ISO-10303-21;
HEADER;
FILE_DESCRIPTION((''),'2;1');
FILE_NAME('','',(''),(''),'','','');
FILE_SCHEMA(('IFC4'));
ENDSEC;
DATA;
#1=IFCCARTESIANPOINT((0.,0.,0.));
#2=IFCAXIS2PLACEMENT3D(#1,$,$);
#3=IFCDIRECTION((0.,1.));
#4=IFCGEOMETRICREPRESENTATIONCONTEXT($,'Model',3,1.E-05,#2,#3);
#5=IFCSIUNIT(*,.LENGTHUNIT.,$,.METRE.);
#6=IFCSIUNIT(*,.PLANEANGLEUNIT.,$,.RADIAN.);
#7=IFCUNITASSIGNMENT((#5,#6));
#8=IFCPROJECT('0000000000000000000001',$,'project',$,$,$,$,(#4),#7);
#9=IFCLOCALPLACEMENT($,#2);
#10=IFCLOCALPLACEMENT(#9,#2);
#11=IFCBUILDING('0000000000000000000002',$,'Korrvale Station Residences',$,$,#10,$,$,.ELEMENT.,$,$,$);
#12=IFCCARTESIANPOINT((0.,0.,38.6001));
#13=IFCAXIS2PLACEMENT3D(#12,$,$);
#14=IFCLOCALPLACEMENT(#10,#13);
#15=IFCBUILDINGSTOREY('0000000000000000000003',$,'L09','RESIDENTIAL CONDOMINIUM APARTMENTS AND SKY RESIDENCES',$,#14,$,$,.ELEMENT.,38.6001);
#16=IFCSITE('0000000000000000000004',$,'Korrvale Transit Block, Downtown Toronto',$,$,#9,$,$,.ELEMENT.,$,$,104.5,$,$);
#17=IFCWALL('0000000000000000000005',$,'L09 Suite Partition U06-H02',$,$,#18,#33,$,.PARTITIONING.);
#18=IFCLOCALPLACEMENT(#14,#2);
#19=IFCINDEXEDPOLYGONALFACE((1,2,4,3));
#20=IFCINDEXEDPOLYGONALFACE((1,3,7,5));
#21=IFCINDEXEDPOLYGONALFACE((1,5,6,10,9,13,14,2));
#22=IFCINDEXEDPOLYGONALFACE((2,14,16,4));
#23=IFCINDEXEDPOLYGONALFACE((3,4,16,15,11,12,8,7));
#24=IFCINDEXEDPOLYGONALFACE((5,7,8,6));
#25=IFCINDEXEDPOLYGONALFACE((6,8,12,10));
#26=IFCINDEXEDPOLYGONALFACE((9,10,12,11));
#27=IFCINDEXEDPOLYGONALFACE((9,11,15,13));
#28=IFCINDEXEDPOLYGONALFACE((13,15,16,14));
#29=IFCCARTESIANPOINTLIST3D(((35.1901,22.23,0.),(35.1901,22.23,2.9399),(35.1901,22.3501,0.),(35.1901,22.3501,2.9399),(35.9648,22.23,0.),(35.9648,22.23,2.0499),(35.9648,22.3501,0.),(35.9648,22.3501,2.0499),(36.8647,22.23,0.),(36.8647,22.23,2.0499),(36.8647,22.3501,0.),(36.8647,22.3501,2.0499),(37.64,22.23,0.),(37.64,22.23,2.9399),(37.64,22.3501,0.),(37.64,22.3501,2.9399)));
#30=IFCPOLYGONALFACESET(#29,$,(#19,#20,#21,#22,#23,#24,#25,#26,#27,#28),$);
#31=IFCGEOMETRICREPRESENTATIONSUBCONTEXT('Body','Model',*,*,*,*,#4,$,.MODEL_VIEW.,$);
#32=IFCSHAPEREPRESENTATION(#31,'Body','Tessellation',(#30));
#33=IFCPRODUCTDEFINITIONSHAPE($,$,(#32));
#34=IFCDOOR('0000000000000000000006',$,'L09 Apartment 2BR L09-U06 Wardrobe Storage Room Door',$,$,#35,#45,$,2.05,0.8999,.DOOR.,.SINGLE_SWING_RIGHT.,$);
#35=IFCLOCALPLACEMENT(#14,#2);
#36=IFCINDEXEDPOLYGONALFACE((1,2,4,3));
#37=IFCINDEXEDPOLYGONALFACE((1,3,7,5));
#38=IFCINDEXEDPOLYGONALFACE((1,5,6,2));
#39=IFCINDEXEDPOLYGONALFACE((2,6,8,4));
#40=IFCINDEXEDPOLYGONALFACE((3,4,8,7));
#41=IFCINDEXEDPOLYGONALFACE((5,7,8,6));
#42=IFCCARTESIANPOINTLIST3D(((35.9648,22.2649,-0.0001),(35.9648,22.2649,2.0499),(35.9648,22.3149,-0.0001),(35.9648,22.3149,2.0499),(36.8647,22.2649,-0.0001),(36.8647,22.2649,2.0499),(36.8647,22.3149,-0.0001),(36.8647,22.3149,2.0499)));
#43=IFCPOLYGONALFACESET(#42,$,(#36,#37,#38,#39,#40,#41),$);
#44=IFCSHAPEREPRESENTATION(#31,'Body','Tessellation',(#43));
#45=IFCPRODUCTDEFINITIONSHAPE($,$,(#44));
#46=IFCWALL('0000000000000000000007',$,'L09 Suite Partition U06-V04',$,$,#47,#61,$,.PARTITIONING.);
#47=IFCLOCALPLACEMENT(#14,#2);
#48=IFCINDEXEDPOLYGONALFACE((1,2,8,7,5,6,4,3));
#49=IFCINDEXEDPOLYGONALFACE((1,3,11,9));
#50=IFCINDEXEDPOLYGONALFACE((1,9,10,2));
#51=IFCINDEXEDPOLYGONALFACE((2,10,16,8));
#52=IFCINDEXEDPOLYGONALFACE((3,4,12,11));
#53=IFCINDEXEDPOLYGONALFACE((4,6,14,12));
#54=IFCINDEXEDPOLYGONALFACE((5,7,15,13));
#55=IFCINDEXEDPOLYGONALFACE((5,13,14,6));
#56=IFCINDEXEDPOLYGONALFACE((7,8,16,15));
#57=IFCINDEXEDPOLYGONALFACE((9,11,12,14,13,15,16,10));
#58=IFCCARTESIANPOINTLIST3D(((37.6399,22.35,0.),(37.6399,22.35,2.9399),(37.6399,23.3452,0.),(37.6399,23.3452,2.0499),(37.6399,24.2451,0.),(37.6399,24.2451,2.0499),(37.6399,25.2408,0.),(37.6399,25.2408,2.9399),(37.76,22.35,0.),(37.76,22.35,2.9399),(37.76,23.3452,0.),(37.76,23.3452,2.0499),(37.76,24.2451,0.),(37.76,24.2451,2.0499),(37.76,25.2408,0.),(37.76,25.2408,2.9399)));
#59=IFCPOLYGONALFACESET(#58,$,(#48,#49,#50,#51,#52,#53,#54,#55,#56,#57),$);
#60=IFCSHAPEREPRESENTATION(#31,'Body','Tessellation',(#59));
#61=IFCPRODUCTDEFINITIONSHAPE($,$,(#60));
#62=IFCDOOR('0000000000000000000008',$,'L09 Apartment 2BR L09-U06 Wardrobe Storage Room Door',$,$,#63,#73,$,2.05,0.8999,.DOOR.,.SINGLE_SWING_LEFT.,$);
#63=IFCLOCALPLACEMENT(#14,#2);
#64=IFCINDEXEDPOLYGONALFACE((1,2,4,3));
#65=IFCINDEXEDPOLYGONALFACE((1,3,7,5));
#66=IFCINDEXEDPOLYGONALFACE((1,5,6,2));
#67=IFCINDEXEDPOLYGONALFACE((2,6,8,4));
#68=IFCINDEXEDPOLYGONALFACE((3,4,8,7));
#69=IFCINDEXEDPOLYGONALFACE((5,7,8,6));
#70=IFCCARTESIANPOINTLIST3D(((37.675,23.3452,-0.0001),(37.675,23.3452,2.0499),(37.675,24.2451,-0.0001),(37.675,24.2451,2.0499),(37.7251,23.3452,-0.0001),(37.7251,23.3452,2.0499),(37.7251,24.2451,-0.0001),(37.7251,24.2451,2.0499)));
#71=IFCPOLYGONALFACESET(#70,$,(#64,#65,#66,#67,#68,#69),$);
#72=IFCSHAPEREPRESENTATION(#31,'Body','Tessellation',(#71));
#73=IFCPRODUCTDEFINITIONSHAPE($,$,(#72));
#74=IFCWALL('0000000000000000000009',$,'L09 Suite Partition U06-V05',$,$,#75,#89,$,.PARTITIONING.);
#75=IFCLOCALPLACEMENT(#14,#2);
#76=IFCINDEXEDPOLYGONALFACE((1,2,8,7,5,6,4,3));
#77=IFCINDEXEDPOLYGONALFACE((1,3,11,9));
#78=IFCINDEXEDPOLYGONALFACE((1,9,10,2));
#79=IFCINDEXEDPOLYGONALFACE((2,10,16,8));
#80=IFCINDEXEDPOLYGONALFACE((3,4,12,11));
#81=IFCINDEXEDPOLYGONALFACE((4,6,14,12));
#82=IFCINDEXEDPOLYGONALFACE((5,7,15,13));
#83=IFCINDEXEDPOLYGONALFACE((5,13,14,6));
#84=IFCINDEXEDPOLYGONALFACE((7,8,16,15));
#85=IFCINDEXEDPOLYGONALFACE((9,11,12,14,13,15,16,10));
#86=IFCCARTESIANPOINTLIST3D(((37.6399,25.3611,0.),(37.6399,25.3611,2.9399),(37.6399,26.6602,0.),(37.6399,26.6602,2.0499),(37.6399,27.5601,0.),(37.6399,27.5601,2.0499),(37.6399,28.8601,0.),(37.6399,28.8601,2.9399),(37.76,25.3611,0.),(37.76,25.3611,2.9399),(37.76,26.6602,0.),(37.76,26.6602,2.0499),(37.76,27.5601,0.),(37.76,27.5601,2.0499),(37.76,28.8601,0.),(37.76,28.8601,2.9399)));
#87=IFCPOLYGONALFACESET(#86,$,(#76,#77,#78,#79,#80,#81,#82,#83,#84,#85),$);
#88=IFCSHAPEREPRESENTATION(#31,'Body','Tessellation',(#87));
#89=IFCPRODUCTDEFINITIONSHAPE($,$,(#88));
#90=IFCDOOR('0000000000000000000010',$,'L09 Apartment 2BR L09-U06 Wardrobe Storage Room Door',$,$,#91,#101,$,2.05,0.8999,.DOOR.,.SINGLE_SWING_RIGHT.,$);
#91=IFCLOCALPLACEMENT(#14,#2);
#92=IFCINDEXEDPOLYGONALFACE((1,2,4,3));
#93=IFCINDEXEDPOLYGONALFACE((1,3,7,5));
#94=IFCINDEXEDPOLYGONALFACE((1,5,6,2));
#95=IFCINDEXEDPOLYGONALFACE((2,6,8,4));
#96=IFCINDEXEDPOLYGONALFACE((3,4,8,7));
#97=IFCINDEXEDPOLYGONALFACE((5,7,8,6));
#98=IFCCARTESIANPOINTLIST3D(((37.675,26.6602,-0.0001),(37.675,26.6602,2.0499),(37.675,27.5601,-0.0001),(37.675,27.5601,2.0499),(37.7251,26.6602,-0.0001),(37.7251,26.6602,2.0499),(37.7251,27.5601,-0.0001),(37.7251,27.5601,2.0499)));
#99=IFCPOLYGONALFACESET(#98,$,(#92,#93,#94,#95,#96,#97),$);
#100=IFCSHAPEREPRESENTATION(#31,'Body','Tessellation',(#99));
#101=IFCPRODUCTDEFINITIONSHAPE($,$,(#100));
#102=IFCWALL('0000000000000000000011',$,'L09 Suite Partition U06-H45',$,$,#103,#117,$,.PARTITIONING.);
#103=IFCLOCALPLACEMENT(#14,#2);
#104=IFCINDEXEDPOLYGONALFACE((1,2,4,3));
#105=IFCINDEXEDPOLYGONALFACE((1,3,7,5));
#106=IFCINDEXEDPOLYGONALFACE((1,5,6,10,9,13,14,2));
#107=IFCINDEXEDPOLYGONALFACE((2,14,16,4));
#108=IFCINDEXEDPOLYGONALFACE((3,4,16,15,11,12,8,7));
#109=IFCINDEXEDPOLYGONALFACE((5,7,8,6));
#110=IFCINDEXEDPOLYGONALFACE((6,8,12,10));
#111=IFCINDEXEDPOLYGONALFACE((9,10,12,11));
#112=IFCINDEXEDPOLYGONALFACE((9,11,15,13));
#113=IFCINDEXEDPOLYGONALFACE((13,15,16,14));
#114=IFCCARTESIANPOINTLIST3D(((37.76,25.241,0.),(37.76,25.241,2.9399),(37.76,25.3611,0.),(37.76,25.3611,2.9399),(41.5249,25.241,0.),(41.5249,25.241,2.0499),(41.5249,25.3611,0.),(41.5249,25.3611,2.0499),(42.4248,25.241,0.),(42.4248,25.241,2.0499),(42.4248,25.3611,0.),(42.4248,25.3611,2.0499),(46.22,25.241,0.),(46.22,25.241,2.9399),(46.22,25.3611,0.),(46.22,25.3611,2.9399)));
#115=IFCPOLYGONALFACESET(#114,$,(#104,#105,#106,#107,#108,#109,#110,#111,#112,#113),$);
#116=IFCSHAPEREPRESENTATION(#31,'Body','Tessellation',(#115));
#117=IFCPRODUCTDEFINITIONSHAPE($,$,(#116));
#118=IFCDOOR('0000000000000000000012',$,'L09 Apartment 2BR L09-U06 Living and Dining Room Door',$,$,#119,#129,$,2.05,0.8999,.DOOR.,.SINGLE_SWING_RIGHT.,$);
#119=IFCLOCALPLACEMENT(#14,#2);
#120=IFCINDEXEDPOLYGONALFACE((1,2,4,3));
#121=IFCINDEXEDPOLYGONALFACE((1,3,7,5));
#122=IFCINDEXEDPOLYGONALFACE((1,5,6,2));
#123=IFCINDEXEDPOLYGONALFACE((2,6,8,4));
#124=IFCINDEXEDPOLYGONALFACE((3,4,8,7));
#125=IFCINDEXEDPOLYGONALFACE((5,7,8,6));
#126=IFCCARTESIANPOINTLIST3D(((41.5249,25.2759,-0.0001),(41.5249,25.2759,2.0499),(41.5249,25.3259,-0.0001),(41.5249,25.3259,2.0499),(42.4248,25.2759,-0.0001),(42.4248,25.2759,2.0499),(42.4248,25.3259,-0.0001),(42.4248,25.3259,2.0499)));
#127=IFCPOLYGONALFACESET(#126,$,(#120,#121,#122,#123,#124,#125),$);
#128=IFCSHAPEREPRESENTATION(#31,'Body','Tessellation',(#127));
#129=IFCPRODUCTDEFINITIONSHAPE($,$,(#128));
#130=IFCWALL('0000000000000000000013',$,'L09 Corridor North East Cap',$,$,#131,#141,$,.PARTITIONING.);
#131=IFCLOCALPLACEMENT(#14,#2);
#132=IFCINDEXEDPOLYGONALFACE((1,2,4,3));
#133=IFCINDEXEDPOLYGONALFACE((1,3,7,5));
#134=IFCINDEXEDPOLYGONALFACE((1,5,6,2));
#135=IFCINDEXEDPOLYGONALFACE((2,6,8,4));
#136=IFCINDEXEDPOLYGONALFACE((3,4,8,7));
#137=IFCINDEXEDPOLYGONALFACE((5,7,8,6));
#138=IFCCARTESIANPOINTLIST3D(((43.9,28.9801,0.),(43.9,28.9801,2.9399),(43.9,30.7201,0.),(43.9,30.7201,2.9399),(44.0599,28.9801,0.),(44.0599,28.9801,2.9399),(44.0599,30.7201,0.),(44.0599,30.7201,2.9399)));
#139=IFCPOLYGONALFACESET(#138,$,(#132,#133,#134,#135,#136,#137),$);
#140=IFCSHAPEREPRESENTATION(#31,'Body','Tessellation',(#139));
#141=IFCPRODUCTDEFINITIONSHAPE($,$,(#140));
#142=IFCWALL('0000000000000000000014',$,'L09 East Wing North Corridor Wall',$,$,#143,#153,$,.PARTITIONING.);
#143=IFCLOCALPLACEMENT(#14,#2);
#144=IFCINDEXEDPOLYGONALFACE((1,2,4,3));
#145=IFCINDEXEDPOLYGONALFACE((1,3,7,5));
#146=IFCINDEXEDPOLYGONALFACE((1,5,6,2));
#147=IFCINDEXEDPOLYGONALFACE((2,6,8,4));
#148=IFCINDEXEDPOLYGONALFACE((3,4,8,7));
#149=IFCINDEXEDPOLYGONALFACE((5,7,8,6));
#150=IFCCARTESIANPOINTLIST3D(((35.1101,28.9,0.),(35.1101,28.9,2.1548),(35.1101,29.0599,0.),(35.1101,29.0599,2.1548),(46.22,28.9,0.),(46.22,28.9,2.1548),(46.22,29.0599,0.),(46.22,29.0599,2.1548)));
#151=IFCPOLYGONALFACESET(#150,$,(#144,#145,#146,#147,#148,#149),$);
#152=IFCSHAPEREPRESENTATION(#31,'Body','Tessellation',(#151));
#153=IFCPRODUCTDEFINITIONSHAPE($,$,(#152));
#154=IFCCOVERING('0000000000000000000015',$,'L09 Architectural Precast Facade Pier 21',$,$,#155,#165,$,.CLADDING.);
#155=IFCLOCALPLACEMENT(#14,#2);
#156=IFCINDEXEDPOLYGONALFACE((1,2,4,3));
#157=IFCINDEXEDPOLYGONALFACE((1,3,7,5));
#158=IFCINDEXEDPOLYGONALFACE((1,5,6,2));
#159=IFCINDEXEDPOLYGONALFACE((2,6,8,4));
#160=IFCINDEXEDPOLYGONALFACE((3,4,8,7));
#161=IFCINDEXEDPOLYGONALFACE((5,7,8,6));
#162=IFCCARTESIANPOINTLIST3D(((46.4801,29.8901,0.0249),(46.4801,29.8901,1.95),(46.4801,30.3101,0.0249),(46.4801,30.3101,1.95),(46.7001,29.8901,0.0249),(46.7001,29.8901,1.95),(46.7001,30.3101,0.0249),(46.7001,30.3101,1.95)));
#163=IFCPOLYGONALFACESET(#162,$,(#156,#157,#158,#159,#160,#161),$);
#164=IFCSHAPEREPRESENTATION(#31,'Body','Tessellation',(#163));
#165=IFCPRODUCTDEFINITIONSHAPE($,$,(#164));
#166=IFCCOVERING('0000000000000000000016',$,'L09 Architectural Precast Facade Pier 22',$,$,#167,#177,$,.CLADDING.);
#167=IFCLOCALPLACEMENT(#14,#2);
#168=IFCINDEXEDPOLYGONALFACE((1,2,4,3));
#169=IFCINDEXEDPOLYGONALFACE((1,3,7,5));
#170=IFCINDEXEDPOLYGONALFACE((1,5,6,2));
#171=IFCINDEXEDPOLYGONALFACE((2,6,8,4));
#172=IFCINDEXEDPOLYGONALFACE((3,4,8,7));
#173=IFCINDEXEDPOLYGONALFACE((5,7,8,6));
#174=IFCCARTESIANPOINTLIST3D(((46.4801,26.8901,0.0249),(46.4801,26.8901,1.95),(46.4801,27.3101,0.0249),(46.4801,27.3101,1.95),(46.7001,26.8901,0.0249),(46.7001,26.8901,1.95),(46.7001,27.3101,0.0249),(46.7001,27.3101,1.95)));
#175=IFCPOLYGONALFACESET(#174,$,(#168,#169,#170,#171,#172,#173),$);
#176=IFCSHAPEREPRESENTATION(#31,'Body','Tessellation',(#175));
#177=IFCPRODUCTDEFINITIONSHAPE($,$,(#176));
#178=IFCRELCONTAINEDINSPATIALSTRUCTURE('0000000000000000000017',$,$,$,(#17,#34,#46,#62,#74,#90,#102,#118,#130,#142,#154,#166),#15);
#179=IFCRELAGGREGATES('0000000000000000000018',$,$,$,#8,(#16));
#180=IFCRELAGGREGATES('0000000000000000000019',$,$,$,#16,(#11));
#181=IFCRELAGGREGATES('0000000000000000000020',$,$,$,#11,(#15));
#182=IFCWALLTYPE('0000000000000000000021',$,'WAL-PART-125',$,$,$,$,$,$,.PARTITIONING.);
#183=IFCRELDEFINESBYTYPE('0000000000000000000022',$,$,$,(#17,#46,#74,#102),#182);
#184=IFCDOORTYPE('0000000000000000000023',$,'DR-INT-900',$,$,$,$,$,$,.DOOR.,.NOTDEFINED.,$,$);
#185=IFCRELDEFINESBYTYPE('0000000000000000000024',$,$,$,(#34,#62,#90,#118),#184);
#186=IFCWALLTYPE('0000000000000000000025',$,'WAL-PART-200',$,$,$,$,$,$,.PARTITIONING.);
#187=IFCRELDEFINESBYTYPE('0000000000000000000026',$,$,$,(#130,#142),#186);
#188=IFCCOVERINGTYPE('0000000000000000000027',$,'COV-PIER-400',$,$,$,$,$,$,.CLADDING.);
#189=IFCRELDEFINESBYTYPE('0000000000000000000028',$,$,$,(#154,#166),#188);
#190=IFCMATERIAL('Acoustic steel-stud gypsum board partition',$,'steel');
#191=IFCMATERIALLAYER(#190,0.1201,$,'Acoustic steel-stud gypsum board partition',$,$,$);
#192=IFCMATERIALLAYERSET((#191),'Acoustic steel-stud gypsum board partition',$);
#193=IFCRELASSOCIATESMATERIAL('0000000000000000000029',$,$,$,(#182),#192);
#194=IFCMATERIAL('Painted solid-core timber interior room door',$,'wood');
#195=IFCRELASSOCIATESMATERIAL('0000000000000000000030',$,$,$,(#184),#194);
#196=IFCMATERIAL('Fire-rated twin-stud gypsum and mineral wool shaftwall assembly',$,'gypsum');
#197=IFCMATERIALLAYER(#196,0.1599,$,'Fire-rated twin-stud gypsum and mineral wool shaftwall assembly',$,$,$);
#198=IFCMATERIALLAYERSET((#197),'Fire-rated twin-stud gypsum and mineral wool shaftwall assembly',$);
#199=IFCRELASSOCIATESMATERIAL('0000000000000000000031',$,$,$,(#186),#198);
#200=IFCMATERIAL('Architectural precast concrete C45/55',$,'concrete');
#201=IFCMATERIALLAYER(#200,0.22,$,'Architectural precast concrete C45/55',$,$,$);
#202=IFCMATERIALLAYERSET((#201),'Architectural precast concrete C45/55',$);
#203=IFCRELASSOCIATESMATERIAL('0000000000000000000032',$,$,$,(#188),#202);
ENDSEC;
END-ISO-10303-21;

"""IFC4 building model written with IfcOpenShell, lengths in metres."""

from ifc_helpers import new_model, si_unit, direction, frame, frame_2d, origin, origin_2d, place, context, subcontext, project, spatial, rectangle, extrude, material, layer, layer_set, type_object, element, fill, save


model = new_model("IFC4")

# Units and contexts
model_context = context("Model", 3, precision=1e-05, world=origin(), true_north=direction((0.0, 1.0)))
body_context = subcontext(model_context, "Body", "Model", "MODEL_VIEW")
ifc_project = project(units=[si_unit("LENGTHUNIT", "METRE"), si_unit("PLANEANGLEUNIT", "RADIAN")], contexts=[model_context])

# Site, building, storey
site_placement = place(None, origin())
site = spatial("IfcSite", under=ifc_project, at=site_placement, Name="Korrvale Transit Block, Downtown Toronto", CompositionType="ELEMENT", RefElevation=104.5)
building_placement = place(site_placement, origin())
building = spatial("IfcBuilding", under=site, at=building_placement, Name="Korrvale Station Residences", CompositionType="ELEMENT")
storey_placement = place(building_placement, frame((0.0, 0.0, 38.6001)))
storey = spatial("IfcBuildingStorey", under=building, at=storey_placement, Name="L09", Description="RESIDENTIAL CONDOMINIUM APARTMENTS AND SKY RESIDENCES", CompositionType="ELEMENT", Elevation=38.6001)

# Walls, openings, doors
ifc_material_1 = material(Name="Acoustic steel-stud gypsum board partition", Category="steel")
ifc_layer_1 = layer(ifc_material_1, 0.1201, Name="Acoustic steel-stud gypsum board partition")
ifc_layer_set_1 = layer_set([ifc_layer_1], Name="Acoustic steel-stud gypsum board partition")
wall_type_1 = type_object("IfcWallType", Name="WAL-PART-125", PredefinedType="PARTITIONING", material=ifc_layer_set_1)
ifc_material_2 = material(Name="Painted solid-core timber interior room door", Category="wood")
door_type = type_object("IfcDoorType", Name="DR-INT-900", OperationType="NOTDEFINED", PredefinedType="DOOR", material=ifc_material_2)
wall_1_placement = place(storey_placement, frame((35.1899, 22.29, 0.0), z_axis=(0.0, 0.0, 1.0), x_axis=(1.0, 0.0, 0.0)))
wall_1 = element("IfcWall", 1, at=wall_1_placement, inside=storey, type_object=wall_type_1, Name="L09 Suite Partition U06-H02", PredefinedType="PARTITIONING", context=body_context, shape_type="SweptSolid", body=[
    extrude(rectangle(XDim=2.45, YDim=0.1201, at=frame_2d((1.2251, 0.0))), origin(), (0.0, 0.0, 1.0), 2.9399),
])
opening_1_placement = place(wall_1_placement, frame((0.7749, 0.0, 0.0)))
opening_1 = element("IfcOpeningElement", 2, at=opening_1_placement, cuts=wall_1, PredefinedType="OPENING", context=body_context, shape_type="SweptSolid", body=[
    extrude(rectangle(XDim=0.8999, YDim=2.05, at=frame_2d((0.45, 1.0249))), frame((0.0, 0.0701, 0.0), z_axis=(0.0, -1.0, 0.0), x_axis=(1.0, 0.0, 0.0)), (0.0, 0.0, 1.0), 0.1401),
])
door_1_placement = place(opening_1_placement, origin())
door_1 = element("IfcDoor", 3, at=door_1_placement, inside=storey, type_object=door_type, Name="L09 Apartment 2BR L09-U06 Wardrobe Storage Room Door", OperationType="SINGLE_SWING_RIGHT", OverallHeight=2.05, OverallWidth=0.8999, PredefinedType="DOOR", context=body_context, shape_type="SweptSolid", body=[
    extrude(rectangle(XDim=0.8999, YDim=2.05, at=frame_2d((0.45, 1.0249))), frame((0.0, 0.0249, 0.0), z_axis=(0.0, -1.0, 0.0), x_axis=(1.0, 0.0, 0.0)), (0.0, 0.0, 1.0), 0.05),
])
fill(opening_1, door_1)
wall_2_placement = place(storey_placement, frame((37.7, 22.3501, 0.0), z_axis=(0.0, 0.0, 1.0), x_axis=(0.0, 1.0, 0.0)))
wall_2 = element("IfcWall", 4, at=wall_2_placement, inside=storey, type_object=wall_type_1, Name="L09 Suite Partition U06-V04", PredefinedType="PARTITIONING", context=body_context, shape_type="SweptSolid", body=[
    extrude(rectangle(XDim=2.8909, YDim=0.1201, at=frame_2d((1.4453, 0.0))), origin(), (0.0, 0.0, 1.0), 2.9399),
])
opening_2_placement = place(wall_2_placement, frame((0.9951, 0.0, 0.0)))
opening_2 = element("IfcOpeningElement", 5, at=opening_2_placement, cuts=wall_2, PredefinedType="OPENING", context=body_context, shape_type="SweptSolid", body=[
    extrude(rectangle(XDim=0.8999, YDim=2.05, at=frame_2d((0.45, 1.0249))), frame((0.0, 0.0701, 0.0), z_axis=(0.0, -1.0, 0.0), x_axis=(1.0, 0.0, 0.0)), (0.0, 0.0, 1.0), 0.1401),
])
door_2_placement = place(opening_2_placement, origin())
door_2 = element("IfcDoor", 6, at=door_2_placement, inside=storey, type_object=door_type, Name="L09 Apartment 2BR L09-U06 Wardrobe Storage Room Door", OperationType="SINGLE_SWING_LEFT", OverallHeight=2.05, OverallWidth=0.8999, PredefinedType="DOOR", context=body_context, shape_type="SweptSolid", body=[
    extrude(rectangle(XDim=0.8999, YDim=2.05, at=frame_2d((0.45, 1.0249))), frame((0.0, 0.0249, 0.0), z_axis=(0.0, -1.0, 0.0), x_axis=(1.0, 0.0, 0.0)), (0.0, 0.0, 1.0), 0.05),
])
fill(opening_2, door_2)
wall_3_placement = place(storey_placement, frame((37.7, 25.3611, 0.0), z_axis=(0.0, 0.0, 1.0), x_axis=(0.0, 1.0, 0.0)))
wall_3 = element("IfcWall", 7, at=wall_3_placement, inside=storey, type_object=wall_type_1, Name="L09 Suite Partition U06-V05", PredefinedType="PARTITIONING", context=body_context, shape_type="SweptSolid", body=[
    extrude(rectangle(XDim=3.499, YDim=0.1201, at=frame_2d((1.7495, 0.0))), origin(), (0.0, 0.0, 1.0), 2.9399),
])
opening_3_placement = place(wall_3_placement, frame((1.2991, 0.0, 0.0)))
opening_3 = element("IfcOpeningElement", 8, at=opening_3_placement, cuts=wall_3, PredefinedType="OPENING", context=body_context, shape_type="SweptSolid", body=[
    extrude(rectangle(XDim=0.8999, YDim=2.05, at=frame_2d((0.45, 1.0249))), frame((0.0, 0.0701, 0.0), z_axis=(0.0, -1.0, 0.0), x_axis=(1.0, 0.0, 0.0)), (0.0, 0.0, 1.0), 0.1401),
])
door_3_placement = place(opening_3_placement, origin())
door_3 = element("IfcDoor", 9, at=door_3_placement, inside=storey, type_object=door_type, Name="L09 Apartment 2BR L09-U06 Wardrobe Storage Room Door", OperationType="SINGLE_SWING_RIGHT", OverallHeight=2.05, OverallWidth=0.8999, PredefinedType="DOOR", context=body_context, shape_type="SweptSolid", body=[
    extrude(rectangle(XDim=0.8999, YDim=2.05, at=frame_2d((0.45, 1.0249))), frame((0.0, 0.0249, 0.0), z_axis=(0.0, -1.0, 0.0), x_axis=(1.0, 0.0, 0.0)), (0.0, 0.0, 1.0), 0.05),
])
fill(opening_3, door_3)
wall_4_placement = place(storey_placement, frame((37.76, 25.301, 0.0), z_axis=(0.0, 0.0, 1.0), x_axis=(1.0, 0.0, 0.0)))
wall_4 = element("IfcWall", 10, at=wall_4_placement, inside=storey, type_object=wall_type_1, Name="L09 Suite Partition U06-H45", PredefinedType="PARTITIONING", context=body_context, shape_type="SweptSolid", body=[
    extrude(rectangle(XDim=8.46, YDim=0.1201, at=frame_2d((4.23, 0.0))), origin(), (0.0, 0.0, 1.0), 2.9399),
])
opening_4_placement = place(wall_4_placement, frame((3.7649, 0.0, 0.0)))
opening_4 = element("IfcOpeningElement", 11, at=opening_4_placement, cuts=wall_4, PredefinedType="OPENING", context=body_context, shape_type="SweptSolid", body=[
    extrude(rectangle(XDim=0.8999, YDim=2.05, at=frame_2d((0.45, 1.0249))), frame((0.0, 0.0701, 0.0), z_axis=(0.0, -1.0, 0.0), x_axis=(1.0, 0.0, 0.0)), (0.0, 0.0, 1.0), 0.1401),
])
door_4_placement = place(opening_4_placement, origin())
door_4 = element("IfcDoor", 12, at=door_4_placement, inside=storey, type_object=door_type, Name="L09 Apartment 2BR L09-U06 Living and Dining Room Door", OperationType="SINGLE_SWING_RIGHT", OverallHeight=2.05, OverallWidth=0.8999, PredefinedType="DOOR", context=body_context, shape_type="SweptSolid", body=[
    extrude(rectangle(XDim=0.8999, YDim=2.05, at=frame_2d((0.45, 1.0249))), frame((0.0, 0.0249, 0.0), z_axis=(0.0, -1.0, 0.0), x_axis=(1.0, 0.0, 0.0)), (0.0, 0.0, 1.0), 0.05),
])
fill(opening_4, door_4)

# Walls
ifc_material_3 = material(Name="Fire-rated twin-stud gypsum and mineral wool shaftwall assembly", Category="gypsum")
ifc_layer_2 = layer(ifc_material_3, 0.1599, Name="Fire-rated twin-stud gypsum and mineral wool shaftwall assembly")
ifc_layer_set_2 = layer_set([ifc_layer_2], Name="Fire-rated twin-stud gypsum and mineral wool shaftwall assembly")
wall_type_2 = type_object("IfcWallType", Name="WAL-PART-200", PredefinedType="PARTITIONING", material=ifc_layer_set_2)
wall_5_placement = place(storey_placement, frame((43.98, 28.98, 0.0), z_axis=(0.0, 0.0, 1.0), x_axis=(0.0, 1.0, 0.0)))
element("IfcWall", 13, at=wall_5_placement, inside=storey, type_object=wall_type_2, Name="L09 Corridor North East Cap", PredefinedType="PARTITIONING", context=body_context, shape_type="SweptSolid", body=[
    extrude(rectangle(XDim=1.74, YDim=0.1599, at=frame_2d((0.8701, 0.0))), origin(), (0.0, 0.0, 1.0), 2.9399),
])
wall_6_placement = place(storey_placement, frame((35.1101, 28.98, 0.0), z_axis=(0.0, 0.0, 1.0), x_axis=(1.0, 0.0, 0.0)))
element("IfcWall", 14, at=wall_6_placement, inside=storey, type_object=wall_type_2, Name="L09 East Wing North Corridor Wall", PredefinedType="PARTITIONING", context=body_context, shape_type="SweptSolid", body=[
    extrude(rectangle(XDim=11.1099, YDim=0.1599, at=frame_2d((5.5549, 0.0))), origin(), (0.0, 0.0, 1.0), 2.1548),
])

# Coverings
ifc_material_4 = material(Name="Architectural precast concrete C45/55", Category="concrete")
ifc_layer_3 = layer(ifc_material_4, 0.22, Name="Architectural precast concrete C45/55")
ifc_layer_set_3 = layer_set([ifc_layer_3], Name="Architectural precast concrete C45/55")
covering_type = type_object("IfcCoveringType", Name="COV-PIER-400", PredefinedType="CLADDING", material=ifc_layer_set_3)
for number, where, z_axis, x_axis, name in (
    (15, (46.5901, 30.1001, 0.0249), (0.0, 0.0, 1.0), (0.0, 1.0, 0.0), "L09 Architectural Precast Facade Pier 21"),
    (16, (46.5901, 27.1001, 0.0249), (0.0, 0.0, 1.0), (0.0, 1.0, 0.0), "L09 Architectural Precast Facade Pier 22"),
):
    element("IfcCovering", number, at=place(storey_placement, frame(where, z_axis=z_axis, x_axis=x_axis)), inside=storey, type_object=covering_type, Name=name, PredefinedType="CLADDING", context=body_context, shape_type="SweptSolid", body=[
        extrude(rectangle(XDim=0.4199, YDim=0.22, at=origin_2d()), origin(), (0.0, 0.0, 1.0), 1.925),
    ])

save(model, "model.ifc")
